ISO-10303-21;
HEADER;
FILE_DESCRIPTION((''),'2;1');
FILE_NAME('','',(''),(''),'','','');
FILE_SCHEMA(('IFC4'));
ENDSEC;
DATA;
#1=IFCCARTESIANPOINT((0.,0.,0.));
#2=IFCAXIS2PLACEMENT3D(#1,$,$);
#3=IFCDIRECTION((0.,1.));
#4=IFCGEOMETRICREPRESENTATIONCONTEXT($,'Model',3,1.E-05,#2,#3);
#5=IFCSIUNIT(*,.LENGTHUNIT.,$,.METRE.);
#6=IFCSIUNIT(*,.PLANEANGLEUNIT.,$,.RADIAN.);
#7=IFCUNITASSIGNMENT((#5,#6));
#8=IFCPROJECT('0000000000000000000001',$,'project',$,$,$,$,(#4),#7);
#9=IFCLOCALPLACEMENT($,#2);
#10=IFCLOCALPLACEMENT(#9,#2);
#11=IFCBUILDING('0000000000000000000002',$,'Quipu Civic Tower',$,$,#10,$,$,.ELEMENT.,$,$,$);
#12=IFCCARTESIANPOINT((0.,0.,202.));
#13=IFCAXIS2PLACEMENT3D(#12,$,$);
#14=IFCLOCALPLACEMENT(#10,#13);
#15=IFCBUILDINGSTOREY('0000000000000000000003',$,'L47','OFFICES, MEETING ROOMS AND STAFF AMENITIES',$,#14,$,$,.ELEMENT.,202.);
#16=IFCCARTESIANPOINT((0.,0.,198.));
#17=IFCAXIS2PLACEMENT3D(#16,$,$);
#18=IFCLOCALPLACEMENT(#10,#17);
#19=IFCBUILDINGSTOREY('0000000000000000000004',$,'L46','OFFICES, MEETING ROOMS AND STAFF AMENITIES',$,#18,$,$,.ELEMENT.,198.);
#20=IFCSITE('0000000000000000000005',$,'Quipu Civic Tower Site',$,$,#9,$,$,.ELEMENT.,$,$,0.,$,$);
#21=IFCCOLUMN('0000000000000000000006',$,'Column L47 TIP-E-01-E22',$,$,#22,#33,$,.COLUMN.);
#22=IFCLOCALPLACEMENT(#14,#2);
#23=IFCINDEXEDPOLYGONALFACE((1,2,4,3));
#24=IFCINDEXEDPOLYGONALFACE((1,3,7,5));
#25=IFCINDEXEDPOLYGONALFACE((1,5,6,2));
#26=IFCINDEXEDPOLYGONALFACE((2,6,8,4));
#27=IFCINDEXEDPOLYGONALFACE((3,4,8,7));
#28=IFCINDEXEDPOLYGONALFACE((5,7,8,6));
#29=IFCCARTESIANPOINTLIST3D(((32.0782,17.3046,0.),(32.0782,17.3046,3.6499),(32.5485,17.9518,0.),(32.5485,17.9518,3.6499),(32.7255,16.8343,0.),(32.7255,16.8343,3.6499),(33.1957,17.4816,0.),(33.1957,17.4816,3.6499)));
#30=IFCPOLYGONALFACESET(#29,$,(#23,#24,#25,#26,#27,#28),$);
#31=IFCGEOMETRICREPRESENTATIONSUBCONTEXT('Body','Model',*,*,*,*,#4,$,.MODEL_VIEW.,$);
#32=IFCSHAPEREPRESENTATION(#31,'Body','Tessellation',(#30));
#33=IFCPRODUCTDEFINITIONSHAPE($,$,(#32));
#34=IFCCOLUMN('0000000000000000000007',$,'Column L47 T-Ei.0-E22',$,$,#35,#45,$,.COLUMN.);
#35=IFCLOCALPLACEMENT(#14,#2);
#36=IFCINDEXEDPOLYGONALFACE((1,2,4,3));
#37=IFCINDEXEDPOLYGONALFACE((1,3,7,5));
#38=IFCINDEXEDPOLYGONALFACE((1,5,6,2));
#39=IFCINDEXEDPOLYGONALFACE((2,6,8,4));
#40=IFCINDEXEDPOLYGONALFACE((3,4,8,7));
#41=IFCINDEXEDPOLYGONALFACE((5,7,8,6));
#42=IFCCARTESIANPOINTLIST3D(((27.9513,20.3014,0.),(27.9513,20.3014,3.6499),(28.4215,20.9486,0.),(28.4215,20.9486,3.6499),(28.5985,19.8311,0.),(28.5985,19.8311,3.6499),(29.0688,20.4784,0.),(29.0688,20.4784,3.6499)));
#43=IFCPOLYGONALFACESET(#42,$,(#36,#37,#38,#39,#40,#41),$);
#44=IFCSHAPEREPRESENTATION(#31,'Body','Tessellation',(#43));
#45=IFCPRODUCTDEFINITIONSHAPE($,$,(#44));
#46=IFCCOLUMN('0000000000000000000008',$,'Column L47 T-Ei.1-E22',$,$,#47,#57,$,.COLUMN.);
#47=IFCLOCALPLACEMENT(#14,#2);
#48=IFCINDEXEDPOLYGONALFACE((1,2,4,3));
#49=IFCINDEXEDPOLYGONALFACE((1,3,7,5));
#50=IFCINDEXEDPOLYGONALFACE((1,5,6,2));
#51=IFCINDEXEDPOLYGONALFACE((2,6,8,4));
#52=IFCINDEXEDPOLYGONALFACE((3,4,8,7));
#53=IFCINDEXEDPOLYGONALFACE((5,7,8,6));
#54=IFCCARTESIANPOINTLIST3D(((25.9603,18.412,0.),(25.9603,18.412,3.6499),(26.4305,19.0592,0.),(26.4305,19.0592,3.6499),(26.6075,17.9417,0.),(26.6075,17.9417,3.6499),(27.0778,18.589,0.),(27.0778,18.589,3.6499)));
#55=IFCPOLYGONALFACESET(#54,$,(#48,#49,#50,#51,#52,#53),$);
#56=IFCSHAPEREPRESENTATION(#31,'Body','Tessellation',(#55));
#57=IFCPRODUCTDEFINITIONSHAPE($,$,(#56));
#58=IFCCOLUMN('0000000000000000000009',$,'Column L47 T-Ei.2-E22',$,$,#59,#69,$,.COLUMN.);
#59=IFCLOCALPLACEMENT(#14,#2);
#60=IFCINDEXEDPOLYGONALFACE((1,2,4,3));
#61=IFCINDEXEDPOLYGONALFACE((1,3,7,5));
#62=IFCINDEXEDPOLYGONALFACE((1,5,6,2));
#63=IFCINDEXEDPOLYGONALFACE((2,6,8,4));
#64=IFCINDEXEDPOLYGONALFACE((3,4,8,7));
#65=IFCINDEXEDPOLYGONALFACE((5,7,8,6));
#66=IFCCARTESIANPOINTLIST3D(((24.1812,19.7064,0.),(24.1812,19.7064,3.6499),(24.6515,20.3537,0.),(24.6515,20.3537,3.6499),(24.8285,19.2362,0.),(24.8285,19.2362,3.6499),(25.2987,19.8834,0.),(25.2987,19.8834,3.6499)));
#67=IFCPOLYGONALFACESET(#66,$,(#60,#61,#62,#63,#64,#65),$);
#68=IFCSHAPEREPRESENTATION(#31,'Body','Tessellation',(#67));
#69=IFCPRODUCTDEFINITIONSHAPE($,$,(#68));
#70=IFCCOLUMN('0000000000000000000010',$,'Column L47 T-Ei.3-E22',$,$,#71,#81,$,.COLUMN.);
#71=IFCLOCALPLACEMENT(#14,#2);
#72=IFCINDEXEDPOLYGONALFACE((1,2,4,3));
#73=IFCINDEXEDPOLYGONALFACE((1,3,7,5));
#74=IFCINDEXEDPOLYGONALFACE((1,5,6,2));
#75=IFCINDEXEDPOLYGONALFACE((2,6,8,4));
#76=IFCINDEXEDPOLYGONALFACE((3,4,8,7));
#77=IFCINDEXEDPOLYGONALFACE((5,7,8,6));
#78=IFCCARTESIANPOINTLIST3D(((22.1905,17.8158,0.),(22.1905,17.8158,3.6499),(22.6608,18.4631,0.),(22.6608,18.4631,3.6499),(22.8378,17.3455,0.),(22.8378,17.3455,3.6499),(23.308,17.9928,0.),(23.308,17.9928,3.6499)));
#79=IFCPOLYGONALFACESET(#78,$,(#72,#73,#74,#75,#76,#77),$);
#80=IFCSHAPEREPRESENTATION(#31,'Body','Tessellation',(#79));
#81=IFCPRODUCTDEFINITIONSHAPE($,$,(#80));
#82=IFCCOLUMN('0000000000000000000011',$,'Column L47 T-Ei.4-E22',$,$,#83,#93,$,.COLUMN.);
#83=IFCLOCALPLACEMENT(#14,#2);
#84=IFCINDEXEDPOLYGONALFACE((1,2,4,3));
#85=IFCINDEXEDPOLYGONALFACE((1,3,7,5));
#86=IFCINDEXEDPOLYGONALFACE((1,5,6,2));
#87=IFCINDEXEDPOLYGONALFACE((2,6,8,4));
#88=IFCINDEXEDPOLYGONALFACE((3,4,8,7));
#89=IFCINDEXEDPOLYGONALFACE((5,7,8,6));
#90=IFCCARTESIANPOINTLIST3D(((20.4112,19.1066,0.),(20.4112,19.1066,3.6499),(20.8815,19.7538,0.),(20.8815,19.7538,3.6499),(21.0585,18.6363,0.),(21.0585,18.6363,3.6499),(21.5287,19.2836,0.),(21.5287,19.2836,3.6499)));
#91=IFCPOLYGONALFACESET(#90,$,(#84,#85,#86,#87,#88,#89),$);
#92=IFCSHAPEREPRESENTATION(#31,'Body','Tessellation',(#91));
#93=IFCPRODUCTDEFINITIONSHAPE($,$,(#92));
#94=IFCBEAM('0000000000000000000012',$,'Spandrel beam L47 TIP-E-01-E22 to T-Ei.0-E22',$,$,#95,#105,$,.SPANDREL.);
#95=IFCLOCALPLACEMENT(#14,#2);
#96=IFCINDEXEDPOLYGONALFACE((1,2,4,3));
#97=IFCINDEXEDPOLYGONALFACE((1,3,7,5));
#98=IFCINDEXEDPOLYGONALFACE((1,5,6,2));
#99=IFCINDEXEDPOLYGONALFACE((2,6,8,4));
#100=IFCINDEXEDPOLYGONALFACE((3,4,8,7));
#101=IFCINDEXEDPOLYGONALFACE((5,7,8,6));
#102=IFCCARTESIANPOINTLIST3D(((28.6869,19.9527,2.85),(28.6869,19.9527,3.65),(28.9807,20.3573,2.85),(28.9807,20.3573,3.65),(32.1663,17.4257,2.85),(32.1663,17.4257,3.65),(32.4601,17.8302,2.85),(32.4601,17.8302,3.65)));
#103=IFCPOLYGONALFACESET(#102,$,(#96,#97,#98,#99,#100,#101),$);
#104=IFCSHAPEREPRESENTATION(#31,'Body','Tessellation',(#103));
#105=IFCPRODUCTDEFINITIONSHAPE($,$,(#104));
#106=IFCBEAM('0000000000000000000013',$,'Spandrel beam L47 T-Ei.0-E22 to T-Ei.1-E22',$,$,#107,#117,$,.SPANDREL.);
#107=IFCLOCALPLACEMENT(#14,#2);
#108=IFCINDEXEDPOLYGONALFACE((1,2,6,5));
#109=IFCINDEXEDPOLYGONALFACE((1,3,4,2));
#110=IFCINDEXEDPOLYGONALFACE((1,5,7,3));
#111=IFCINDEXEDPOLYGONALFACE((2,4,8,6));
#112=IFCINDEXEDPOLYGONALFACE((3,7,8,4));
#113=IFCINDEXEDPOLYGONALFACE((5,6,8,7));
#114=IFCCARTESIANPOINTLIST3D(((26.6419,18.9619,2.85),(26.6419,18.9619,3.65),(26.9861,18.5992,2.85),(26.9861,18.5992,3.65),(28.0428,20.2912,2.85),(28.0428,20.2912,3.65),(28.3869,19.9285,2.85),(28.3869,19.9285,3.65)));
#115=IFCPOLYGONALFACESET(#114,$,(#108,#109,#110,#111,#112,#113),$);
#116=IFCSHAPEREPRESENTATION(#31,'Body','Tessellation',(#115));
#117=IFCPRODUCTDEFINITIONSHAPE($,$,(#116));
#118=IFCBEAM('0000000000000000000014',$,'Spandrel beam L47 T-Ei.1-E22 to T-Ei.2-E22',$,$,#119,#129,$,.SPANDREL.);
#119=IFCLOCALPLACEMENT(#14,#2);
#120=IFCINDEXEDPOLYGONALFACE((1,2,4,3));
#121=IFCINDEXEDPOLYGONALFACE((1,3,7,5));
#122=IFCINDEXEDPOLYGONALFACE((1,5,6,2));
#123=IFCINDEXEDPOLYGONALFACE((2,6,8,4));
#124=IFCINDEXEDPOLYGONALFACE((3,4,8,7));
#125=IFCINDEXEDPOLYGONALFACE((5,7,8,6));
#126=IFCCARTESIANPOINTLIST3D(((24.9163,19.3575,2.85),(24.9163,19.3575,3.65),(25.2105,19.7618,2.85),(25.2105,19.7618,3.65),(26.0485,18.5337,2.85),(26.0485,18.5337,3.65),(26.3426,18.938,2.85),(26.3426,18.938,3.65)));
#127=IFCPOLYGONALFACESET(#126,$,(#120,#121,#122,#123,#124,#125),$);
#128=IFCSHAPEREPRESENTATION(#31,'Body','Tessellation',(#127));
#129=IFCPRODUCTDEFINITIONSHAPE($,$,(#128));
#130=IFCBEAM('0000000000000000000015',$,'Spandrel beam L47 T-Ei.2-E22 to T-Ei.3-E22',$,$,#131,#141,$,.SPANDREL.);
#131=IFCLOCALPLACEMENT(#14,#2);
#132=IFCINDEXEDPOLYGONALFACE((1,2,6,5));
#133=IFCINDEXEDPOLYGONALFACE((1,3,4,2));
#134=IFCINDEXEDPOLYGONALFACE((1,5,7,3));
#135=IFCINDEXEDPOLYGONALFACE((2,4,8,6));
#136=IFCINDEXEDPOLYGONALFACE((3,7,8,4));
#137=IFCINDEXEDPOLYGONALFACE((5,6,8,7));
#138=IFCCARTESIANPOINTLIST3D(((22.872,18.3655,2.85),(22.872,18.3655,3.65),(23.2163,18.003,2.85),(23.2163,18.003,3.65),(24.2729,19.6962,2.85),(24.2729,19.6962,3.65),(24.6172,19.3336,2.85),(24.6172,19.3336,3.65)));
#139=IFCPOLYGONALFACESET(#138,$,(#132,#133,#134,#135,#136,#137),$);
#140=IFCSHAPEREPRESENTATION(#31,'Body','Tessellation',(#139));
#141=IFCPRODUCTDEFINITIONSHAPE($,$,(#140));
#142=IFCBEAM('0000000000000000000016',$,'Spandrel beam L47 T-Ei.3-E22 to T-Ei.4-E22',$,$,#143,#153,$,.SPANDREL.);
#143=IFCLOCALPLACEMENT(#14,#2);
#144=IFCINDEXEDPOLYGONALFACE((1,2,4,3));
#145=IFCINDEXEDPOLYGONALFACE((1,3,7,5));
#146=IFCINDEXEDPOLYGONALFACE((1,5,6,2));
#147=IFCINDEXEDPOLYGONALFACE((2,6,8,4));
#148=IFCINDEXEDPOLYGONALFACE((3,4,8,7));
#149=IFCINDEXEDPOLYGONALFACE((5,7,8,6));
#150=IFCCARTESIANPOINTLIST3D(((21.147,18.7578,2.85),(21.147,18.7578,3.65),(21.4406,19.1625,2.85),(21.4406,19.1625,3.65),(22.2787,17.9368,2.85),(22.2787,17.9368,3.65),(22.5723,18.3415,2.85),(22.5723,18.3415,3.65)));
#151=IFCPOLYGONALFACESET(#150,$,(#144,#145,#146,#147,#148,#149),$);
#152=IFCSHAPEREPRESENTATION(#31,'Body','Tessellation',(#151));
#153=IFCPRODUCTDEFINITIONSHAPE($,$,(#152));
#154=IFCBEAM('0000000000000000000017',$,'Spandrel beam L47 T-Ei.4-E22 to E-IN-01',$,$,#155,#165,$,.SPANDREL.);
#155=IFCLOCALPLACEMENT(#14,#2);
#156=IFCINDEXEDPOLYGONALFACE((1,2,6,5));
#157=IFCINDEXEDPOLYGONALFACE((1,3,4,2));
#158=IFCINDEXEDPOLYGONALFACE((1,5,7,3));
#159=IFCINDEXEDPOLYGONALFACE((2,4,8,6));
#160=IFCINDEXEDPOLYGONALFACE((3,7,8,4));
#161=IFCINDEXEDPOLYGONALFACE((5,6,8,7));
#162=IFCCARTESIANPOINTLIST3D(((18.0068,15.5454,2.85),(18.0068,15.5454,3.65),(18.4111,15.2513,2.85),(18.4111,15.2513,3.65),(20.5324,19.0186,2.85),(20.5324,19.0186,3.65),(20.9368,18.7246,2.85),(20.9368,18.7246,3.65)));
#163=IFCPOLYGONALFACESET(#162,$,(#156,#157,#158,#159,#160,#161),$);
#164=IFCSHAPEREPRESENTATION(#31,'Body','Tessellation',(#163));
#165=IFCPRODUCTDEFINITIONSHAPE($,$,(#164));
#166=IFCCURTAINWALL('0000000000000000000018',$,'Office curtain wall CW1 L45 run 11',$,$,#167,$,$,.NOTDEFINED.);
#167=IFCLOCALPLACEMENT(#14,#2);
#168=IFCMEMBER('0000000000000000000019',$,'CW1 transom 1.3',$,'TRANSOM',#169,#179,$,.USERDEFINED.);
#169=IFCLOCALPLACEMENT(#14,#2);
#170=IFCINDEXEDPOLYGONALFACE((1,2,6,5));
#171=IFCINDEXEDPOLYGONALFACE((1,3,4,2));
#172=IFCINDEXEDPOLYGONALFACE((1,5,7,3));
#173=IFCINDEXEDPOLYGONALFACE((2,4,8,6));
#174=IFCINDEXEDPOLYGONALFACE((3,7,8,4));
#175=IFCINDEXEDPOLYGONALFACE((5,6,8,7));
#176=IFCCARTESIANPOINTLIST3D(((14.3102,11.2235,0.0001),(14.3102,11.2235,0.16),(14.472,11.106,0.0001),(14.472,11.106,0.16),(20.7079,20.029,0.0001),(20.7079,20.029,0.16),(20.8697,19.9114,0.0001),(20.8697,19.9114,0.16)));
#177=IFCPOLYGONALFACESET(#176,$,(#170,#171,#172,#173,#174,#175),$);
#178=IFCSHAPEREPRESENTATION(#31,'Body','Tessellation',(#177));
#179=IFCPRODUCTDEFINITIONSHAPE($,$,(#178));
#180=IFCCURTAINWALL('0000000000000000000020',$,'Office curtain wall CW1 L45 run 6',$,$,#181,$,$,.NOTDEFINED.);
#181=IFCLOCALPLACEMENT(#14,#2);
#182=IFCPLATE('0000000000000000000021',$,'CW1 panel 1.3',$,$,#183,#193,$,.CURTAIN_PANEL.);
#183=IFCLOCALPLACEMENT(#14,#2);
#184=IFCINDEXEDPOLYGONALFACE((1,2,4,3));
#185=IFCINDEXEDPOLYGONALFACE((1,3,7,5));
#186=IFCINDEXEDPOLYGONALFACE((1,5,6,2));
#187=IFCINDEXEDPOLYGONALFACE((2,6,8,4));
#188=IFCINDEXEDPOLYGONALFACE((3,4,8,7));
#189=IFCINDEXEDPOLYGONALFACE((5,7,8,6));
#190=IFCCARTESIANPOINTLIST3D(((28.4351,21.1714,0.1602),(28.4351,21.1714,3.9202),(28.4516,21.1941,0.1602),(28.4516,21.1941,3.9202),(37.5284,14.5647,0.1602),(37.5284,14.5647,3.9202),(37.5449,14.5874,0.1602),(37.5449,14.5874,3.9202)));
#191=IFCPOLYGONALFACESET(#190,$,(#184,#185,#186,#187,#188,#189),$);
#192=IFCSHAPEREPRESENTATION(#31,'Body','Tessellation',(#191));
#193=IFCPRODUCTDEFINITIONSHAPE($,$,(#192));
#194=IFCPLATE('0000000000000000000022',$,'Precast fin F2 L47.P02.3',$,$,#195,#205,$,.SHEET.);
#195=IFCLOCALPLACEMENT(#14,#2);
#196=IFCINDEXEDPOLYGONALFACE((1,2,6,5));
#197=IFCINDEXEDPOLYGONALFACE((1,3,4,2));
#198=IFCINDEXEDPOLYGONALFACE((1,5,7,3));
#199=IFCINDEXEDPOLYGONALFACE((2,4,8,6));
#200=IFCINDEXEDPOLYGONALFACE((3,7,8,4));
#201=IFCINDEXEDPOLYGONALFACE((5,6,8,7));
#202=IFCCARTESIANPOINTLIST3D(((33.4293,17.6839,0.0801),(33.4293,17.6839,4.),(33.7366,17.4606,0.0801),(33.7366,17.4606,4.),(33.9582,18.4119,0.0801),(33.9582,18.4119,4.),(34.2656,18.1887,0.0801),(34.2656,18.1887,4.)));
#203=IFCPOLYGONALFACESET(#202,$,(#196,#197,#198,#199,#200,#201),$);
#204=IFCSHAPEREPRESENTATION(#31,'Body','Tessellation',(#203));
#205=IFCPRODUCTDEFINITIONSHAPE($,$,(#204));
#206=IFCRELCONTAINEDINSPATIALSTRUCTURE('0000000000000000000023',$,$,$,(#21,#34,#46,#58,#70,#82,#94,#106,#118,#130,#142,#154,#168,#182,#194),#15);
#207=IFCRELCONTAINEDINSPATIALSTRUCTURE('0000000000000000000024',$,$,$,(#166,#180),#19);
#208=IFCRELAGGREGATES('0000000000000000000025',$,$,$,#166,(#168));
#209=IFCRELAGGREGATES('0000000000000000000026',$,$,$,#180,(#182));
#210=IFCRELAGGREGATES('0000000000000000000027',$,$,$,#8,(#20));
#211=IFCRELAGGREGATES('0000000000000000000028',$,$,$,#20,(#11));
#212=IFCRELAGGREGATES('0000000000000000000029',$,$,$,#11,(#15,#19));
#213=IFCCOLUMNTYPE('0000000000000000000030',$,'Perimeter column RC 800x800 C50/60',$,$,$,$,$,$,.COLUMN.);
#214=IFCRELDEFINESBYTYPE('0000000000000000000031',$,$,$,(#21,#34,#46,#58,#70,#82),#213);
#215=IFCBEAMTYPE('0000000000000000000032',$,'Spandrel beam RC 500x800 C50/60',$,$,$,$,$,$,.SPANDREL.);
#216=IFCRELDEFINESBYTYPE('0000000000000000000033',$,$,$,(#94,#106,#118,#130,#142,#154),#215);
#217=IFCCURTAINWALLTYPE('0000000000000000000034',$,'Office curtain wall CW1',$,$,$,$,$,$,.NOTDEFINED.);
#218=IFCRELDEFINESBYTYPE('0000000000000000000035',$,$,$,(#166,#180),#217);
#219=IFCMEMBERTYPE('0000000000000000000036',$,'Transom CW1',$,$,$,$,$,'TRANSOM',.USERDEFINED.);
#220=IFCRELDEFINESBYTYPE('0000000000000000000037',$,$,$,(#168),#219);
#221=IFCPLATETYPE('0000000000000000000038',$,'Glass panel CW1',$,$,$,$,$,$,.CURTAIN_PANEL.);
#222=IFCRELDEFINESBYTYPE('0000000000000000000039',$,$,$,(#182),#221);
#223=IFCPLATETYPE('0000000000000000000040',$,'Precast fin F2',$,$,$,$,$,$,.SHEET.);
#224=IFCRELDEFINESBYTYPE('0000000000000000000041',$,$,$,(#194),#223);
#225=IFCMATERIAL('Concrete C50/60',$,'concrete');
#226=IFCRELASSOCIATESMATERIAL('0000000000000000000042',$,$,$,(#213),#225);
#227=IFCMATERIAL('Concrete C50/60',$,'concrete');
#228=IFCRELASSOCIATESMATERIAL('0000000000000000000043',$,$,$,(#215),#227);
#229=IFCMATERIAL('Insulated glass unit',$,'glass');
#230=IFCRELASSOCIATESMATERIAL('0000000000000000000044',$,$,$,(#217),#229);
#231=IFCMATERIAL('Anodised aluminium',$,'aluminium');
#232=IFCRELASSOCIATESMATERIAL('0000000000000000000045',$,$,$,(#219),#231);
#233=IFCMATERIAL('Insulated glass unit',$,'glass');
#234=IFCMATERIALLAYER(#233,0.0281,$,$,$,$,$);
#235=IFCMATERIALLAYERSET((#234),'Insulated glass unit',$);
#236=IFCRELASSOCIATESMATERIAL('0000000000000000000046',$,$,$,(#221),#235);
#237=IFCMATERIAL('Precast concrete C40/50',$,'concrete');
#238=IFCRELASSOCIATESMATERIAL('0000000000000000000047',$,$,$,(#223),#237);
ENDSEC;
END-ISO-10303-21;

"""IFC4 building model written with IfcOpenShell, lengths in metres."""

from ifc_helpers import new_model, si_unit, direction, frame, origin, origin_2d, place, context, subcontext, project, spatial, rectangle, extrude, material, layer, layer_set, material_profile, profile_set, type_object, element, aggregate, save


model = new_model("IFC4")

# Units and contexts
model_context = context("Model", 3, precision=1e-05, world=origin(), true_north=direction((0.0, 1.0)))
body_context = subcontext(model_context, "Body", "Model", "MODEL_VIEW")
ifc_project = project(units=[si_unit("LENGTHUNIT", "METRE"), si_unit("PLANEANGLEUNIT", "RADIAN")], contexts=[model_context])

# Site, building, storey
site_placement = place(None, origin())
site = spatial("IfcSite", under=ifc_project, at=site_placement, Name="Quipu Civic Tower Site", CompositionType="ELEMENT", RefElevation=0.0)
building_placement = place(site_placement, origin())
building = spatial("IfcBuilding", under=site, at=building_placement, Name="Quipu Civic Tower", CompositionType="ELEMENT")
storey_1_placement = place(building_placement, frame((0.0, 0.0, 202.0)))
storey_1 = spatial("IfcBuildingStorey", under=building, at=storey_1_placement, Name="L47", Description="OFFICES, MEETING ROOMS AND STAFF AMENITIES", CompositionType="ELEMENT", Elevation=202.0)

# Columns
ifc_material_1 = material(Name="Concrete C50/60", Category="concrete")
ifc_material_profile_1 = material_profile(ifc_material_1, rectangle(XDim=0.8, YDim=0.8, at=origin_2d()), Name="RC800x800")
ifc_profile_set_1 = profile_set([ifc_material_profile_1], Name="Concrete C50/60")
column_type = type_object("IfcColumnType", Name="Perimeter column RC 800x800 C50/60", PredefinedType="COLUMN", material=ifc_profile_set_1)
for number, where, z_axis, x_axis, name in (
    (1, (32.637, 17.3931, 0.0), (0.0, 0.0, 1.0), (-0.809017, 0.587785, 0.0), "Column L47 TIP-E-01-E22"),
    (2, (28.51, 20.3899, 0.0), (0.0, 0.0, 1.0), (-0.587785, -0.809017, 0.0), "Column L47 T-Ei.0-E22"),
    (3, (26.519, 18.5005, 0.0), (0.0, 0.0, 1.0), (-0.809017, 0.587785, 0.0), "Column L47 T-Ei.1-E22"),
    (4, (24.74, 19.7949, 0.0), (0.0, 0.0, 1.0), (-0.587785, -0.809017, 0.0), "Column L47 T-Ei.2-E22"),
    (5, (22.7493, 17.9043, 0.0), (0.0, 0.0, 1.0), (-0.587785, -0.809017, 0.0), "Column L47 T-Ei.3-E22"),
    (6, (20.97, 19.1951, 0.0), (0.0, 0.0, 1.0), (-0.587785, -0.809017, 0.0), "Column L47 T-Ei.4-E22"),
):
    element("IfcColumn", number, at=place(storey_1_placement, frame(where, z_axis=z_axis, x_axis=x_axis)), inside=storey_1, type_object=column_type, Name=name, PredefinedType="COLUMN", context=body_context, shape_type="SweptSolid", body=[
        extrude(rectangle(XDim=0.8, YDim=0.8, at=origin_2d()), origin(), (0.0, 0.0, 1.0), 3.6499),
    ])

# Beams
ifc_material_2 = material(Name="Concrete C50/60", Category="concrete")
ifc_material_profile_2 = material_profile(ifc_material_2, rectangle(XDim=0.5, YDim=0.8, at=origin_2d()), Name="RC500x800")
ifc_profile_set_2 = profile_set([ifc_material_profile_2], Name="Concrete C50/60")
beam_type = type_object("IfcBeamType", Name="Spandrel beam RC 500x800 C50/60", PredefinedType="SPANDREL", material=ifc_profile_set_2)
beam_1_placement = place(storey_1_placement, frame((32.3132, 17.6279, 3.25), z_axis=(-0.809116, 0.587648, 0.0), x_axis=(-0.587648, -0.809116, 0.0)))
element("IfcBeam", 7, at=beam_1_placement, inside=storey_1, type_object=beam_type, Name="Spandrel beam L47 TIP-E-01-E22 to T-Ei.0-E22", PredefinedType="SPANDREL", context=body_context, shape_type="SweptSolid", body=[
    extrude(rectangle(XDim=0.5, YDim=0.8, at=origin_2d()), origin(), (0.0, 0.0, 1.0), 4.3003),
])
beam_2_placement = place(storey_1_placement, frame((28.2148, 20.1099, 3.25), z_axis=(-0.725384, -0.688344, 0.0), x_axis=(0.688344, -0.725384, 0.0)))
element("IfcBeam", 8, at=beam_2_placement, inside=storey_1, type_object=beam_type, Name="Spandrel beam L47 T-Ei.0-E22 to T-Ei.1-E22", PredefinedType="SPANDREL", context=body_context, shape_type="SweptSolid", body=[
    extrude(rectangle(XDim=0.5, YDim=0.8, at=origin_2d()), origin(), (0.0, 0.0, 1.0), 1.9312),
])
beam_3_placement = place(storey_1_placement, frame((26.1956, 18.7358, 3.25), z_axis=(-0.8086, 0.588358, 0.0), x_axis=(-0.588358, -0.8086, 0.0)))
element("IfcBeam", 9, at=beam_3_placement, inside=storey_1, type_object=beam_type, Name="Spandrel beam L47 T-Ei.1-E22 to T-Ei.2-E22", PredefinedType="SPANDREL", context=body_context, shape_type="SweptSolid", body=[
    extrude(rectangle(XDim=0.5, YDim=0.8, at=origin_2d()), origin(), (0.0, 0.0, 1.0), 1.4001),
])
beam_4_placement = place(storey_1_placement, frame((24.4451, 19.5149, 3.25), z_axis=(-0.725069, -0.688676, 0.0), x_axis=(0.688676, -0.725069, 0.0)))
element("IfcBeam", 10, at=beam_4_placement, inside=storey_1, type_object=beam_type, Name="Spandrel beam L47 T-Ei.2-E22 to T-Ei.3-E22", PredefinedType="SPANDREL", context=body_context, shape_type="SweptSolid", body=[
    extrude(rectangle(XDim=0.5, YDim=0.8, at=origin_2d()), origin(), (0.0, 0.0, 1.0), 1.9321),
])
beam_5_placement = place(storey_1_placement, frame((22.4255, 18.1392, 3.25), z_axis=(-0.809453, 0.587185, 0.0), x_axis=(-0.587185, -0.809453, 0.0)))
element("IfcBeam", 11, at=beam_5_placement, inside=storey_1, type_object=beam_type, Name="Spandrel beam L47 T-Ei.3-E22 to T-Ei.4-E22", PredefinedType="SPANDREL", context=body_context, shape_type="SweptSolid", body=[
    extrude(rectangle(XDim=0.5, YDim=0.8, at=origin_2d()), origin(), (0.0, 0.0, 1.0), 1.3982),
])
beam_6_placement = place(storey_1_placement, frame((20.7346, 18.8716, 3.25), z_axis=(-0.588128, -0.808768, 0.0), x_axis=(0.808768, -0.588128, 0.0)))
element("IfcBeam", 12, at=beam_6_placement, inside=storey_1, type_object=beam_type, Name="Spandrel beam L47 T-Ei.4-E22 to E-IN-01", PredefinedType="SPANDREL", context=body_context, shape_type="SweptSolid", body=[
    extrude(rectangle(XDim=0.5, YDim=0.8, at=origin_2d()), origin(), (0.0, 0.0, 1.0), 4.2944),
])

# Shared definitions
storey_2_placement = place(building_placement, frame((0.0, 0.0, 198.0)))
storey_2 = spatial("IfcBuildingStorey", under=building, at=storey_2_placement, Name="L46", Description="OFFICES, MEETING ROOMS AND STAFF AMENITIES", CompositionType="ELEMENT", Elevation=198.0)

# Curtain wall, member
ifc_material_3 = material(Name="Insulated glass unit", Category="glass")
curtain_wall_type = type_object("IfcCurtainWallType", Name="Office curtain wall CW1", PredefinedType="NOTDEFINED", material=ifc_material_3)
curtain_wall_1_placement = place(storey_2_placement, origin())
curtain_wall_1 = element("IfcCurtainWall", 13, at=curtain_wall_1_placement, inside=storey_2, type_object=curtain_wall_type, Name="Office curtain wall CW1 L45 run 11", PredefinedType="NOTDEFINED")
ifc_material_4 = material(Name="Anodised aluminium", Category="aluminium")
ifc_material_profile_3 = material_profile(ifc_material_4, rectangle(XDim=0.2, YDim=0.1599, at=origin_2d()), Name="RECT 200x160")
ifc_profile_set_3 = profile_set([ifc_material_profile_3], Name="Anodised aluminium")
member_type = type_object("IfcMemberType", Name="Transom CW1", ElementType="TRANSOM", PredefinedType="USERDEFINED", material=ifc_profile_set_3)
member_placement = place(storey_1_placement, frame((20.7888, 19.9702, 0.0801), z_axis=(-0.587797, -0.809009, 0.0), x_axis=(0.809009, -0.587797, 0.0)))
member = element("IfcMember", 14, at=member_placement, inside=storey_1, type_object=member_type, Name="CW1 transom 1.3", ObjectType="TRANSOM", PredefinedType="USERDEFINED", context=body_context, shape_type="SweptSolid", body=[
    extrude(rectangle(XDim=0.2, YDim=0.1599, at=origin_2d()), origin(), (0.0, 0.0, 1.0), 10.8843),
])
aggregate(curtain_wall_1, [member])

# Curtain wall, plate
curtain_wall_2_placement = place(storey_2_placement, origin())
curtain_wall_2 = element("IfcCurtainWall", 15, at=curtain_wall_2_placement, inside=storey_2, type_object=curtain_wall_type, Name="Office curtain wall CW1 L45 run 6", PredefinedType="NOTDEFINED")
ifc_material_5 = material(Name="Insulated glass unit", Category="glass")
ifc_layer_1 = layer(ifc_material_5, 0.0281)
ifc_layer_set_1 = layer_set([ifc_layer_1], Name="Insulated glass unit")
plate_type_1 = type_object("IfcPlateType", Name="Glass panel CW1", PredefinedType="CURTAIN_PANEL", material=ifc_layer_set_1)
plate_placement = place(storey_1_placement, frame((32.99, 17.8794, 0.1602), z_axis=(0.0, 0.0, 1.0), x_axis=(-0.809015, 0.587788, 0.0)))
plate = element("IfcPlate", 16, at=plate_placement, inside=storey_1, type_object=plate_type_1, Name="CW1 panel 1.3", PredefinedType="CURTAIN_PANEL", context=body_context, shape_type="SweptSolid", body=[
    extrude(rectangle(XDim=11.24, YDim=0.0281, at=origin_2d()), origin(), (0.0, 0.0, 1.0), 3.76),
])
aggregate(curtain_wall_2, [plate])

# Plate
ifc_material_6 = material(Name="Precast concrete C40/50", Category="concrete")
plate_type_2 = type_object("IfcPlateType", Name="Precast fin F2", PredefinedType="SHEET", material=ifc_material_6)
for number, where, z_axis, x_axis, name in (
    (17, (33.8474, 17.9363, 0.0801), (0.0, 0.0, 1.0), (-0.809017, 0.587785, 0.0), "Precast fin F2 L47.P02.3"),
):
    element("IfcPlate", number, at=place(storey_1_placement, frame(where, z_axis=z_axis, x_axis=x_axis)), inside=storey_1, type_object=plate_type_2, Name=name, PredefinedType="SHEET", context=body_context, shape_type="SweptSolid", body=[
        extrude(rectangle(XDim=0.3799, YDim=0.8999, at=origin_2d()), origin(), (0.0, 0.0, 1.0), 3.9199),
    ])

save(model, "model.ifc")
